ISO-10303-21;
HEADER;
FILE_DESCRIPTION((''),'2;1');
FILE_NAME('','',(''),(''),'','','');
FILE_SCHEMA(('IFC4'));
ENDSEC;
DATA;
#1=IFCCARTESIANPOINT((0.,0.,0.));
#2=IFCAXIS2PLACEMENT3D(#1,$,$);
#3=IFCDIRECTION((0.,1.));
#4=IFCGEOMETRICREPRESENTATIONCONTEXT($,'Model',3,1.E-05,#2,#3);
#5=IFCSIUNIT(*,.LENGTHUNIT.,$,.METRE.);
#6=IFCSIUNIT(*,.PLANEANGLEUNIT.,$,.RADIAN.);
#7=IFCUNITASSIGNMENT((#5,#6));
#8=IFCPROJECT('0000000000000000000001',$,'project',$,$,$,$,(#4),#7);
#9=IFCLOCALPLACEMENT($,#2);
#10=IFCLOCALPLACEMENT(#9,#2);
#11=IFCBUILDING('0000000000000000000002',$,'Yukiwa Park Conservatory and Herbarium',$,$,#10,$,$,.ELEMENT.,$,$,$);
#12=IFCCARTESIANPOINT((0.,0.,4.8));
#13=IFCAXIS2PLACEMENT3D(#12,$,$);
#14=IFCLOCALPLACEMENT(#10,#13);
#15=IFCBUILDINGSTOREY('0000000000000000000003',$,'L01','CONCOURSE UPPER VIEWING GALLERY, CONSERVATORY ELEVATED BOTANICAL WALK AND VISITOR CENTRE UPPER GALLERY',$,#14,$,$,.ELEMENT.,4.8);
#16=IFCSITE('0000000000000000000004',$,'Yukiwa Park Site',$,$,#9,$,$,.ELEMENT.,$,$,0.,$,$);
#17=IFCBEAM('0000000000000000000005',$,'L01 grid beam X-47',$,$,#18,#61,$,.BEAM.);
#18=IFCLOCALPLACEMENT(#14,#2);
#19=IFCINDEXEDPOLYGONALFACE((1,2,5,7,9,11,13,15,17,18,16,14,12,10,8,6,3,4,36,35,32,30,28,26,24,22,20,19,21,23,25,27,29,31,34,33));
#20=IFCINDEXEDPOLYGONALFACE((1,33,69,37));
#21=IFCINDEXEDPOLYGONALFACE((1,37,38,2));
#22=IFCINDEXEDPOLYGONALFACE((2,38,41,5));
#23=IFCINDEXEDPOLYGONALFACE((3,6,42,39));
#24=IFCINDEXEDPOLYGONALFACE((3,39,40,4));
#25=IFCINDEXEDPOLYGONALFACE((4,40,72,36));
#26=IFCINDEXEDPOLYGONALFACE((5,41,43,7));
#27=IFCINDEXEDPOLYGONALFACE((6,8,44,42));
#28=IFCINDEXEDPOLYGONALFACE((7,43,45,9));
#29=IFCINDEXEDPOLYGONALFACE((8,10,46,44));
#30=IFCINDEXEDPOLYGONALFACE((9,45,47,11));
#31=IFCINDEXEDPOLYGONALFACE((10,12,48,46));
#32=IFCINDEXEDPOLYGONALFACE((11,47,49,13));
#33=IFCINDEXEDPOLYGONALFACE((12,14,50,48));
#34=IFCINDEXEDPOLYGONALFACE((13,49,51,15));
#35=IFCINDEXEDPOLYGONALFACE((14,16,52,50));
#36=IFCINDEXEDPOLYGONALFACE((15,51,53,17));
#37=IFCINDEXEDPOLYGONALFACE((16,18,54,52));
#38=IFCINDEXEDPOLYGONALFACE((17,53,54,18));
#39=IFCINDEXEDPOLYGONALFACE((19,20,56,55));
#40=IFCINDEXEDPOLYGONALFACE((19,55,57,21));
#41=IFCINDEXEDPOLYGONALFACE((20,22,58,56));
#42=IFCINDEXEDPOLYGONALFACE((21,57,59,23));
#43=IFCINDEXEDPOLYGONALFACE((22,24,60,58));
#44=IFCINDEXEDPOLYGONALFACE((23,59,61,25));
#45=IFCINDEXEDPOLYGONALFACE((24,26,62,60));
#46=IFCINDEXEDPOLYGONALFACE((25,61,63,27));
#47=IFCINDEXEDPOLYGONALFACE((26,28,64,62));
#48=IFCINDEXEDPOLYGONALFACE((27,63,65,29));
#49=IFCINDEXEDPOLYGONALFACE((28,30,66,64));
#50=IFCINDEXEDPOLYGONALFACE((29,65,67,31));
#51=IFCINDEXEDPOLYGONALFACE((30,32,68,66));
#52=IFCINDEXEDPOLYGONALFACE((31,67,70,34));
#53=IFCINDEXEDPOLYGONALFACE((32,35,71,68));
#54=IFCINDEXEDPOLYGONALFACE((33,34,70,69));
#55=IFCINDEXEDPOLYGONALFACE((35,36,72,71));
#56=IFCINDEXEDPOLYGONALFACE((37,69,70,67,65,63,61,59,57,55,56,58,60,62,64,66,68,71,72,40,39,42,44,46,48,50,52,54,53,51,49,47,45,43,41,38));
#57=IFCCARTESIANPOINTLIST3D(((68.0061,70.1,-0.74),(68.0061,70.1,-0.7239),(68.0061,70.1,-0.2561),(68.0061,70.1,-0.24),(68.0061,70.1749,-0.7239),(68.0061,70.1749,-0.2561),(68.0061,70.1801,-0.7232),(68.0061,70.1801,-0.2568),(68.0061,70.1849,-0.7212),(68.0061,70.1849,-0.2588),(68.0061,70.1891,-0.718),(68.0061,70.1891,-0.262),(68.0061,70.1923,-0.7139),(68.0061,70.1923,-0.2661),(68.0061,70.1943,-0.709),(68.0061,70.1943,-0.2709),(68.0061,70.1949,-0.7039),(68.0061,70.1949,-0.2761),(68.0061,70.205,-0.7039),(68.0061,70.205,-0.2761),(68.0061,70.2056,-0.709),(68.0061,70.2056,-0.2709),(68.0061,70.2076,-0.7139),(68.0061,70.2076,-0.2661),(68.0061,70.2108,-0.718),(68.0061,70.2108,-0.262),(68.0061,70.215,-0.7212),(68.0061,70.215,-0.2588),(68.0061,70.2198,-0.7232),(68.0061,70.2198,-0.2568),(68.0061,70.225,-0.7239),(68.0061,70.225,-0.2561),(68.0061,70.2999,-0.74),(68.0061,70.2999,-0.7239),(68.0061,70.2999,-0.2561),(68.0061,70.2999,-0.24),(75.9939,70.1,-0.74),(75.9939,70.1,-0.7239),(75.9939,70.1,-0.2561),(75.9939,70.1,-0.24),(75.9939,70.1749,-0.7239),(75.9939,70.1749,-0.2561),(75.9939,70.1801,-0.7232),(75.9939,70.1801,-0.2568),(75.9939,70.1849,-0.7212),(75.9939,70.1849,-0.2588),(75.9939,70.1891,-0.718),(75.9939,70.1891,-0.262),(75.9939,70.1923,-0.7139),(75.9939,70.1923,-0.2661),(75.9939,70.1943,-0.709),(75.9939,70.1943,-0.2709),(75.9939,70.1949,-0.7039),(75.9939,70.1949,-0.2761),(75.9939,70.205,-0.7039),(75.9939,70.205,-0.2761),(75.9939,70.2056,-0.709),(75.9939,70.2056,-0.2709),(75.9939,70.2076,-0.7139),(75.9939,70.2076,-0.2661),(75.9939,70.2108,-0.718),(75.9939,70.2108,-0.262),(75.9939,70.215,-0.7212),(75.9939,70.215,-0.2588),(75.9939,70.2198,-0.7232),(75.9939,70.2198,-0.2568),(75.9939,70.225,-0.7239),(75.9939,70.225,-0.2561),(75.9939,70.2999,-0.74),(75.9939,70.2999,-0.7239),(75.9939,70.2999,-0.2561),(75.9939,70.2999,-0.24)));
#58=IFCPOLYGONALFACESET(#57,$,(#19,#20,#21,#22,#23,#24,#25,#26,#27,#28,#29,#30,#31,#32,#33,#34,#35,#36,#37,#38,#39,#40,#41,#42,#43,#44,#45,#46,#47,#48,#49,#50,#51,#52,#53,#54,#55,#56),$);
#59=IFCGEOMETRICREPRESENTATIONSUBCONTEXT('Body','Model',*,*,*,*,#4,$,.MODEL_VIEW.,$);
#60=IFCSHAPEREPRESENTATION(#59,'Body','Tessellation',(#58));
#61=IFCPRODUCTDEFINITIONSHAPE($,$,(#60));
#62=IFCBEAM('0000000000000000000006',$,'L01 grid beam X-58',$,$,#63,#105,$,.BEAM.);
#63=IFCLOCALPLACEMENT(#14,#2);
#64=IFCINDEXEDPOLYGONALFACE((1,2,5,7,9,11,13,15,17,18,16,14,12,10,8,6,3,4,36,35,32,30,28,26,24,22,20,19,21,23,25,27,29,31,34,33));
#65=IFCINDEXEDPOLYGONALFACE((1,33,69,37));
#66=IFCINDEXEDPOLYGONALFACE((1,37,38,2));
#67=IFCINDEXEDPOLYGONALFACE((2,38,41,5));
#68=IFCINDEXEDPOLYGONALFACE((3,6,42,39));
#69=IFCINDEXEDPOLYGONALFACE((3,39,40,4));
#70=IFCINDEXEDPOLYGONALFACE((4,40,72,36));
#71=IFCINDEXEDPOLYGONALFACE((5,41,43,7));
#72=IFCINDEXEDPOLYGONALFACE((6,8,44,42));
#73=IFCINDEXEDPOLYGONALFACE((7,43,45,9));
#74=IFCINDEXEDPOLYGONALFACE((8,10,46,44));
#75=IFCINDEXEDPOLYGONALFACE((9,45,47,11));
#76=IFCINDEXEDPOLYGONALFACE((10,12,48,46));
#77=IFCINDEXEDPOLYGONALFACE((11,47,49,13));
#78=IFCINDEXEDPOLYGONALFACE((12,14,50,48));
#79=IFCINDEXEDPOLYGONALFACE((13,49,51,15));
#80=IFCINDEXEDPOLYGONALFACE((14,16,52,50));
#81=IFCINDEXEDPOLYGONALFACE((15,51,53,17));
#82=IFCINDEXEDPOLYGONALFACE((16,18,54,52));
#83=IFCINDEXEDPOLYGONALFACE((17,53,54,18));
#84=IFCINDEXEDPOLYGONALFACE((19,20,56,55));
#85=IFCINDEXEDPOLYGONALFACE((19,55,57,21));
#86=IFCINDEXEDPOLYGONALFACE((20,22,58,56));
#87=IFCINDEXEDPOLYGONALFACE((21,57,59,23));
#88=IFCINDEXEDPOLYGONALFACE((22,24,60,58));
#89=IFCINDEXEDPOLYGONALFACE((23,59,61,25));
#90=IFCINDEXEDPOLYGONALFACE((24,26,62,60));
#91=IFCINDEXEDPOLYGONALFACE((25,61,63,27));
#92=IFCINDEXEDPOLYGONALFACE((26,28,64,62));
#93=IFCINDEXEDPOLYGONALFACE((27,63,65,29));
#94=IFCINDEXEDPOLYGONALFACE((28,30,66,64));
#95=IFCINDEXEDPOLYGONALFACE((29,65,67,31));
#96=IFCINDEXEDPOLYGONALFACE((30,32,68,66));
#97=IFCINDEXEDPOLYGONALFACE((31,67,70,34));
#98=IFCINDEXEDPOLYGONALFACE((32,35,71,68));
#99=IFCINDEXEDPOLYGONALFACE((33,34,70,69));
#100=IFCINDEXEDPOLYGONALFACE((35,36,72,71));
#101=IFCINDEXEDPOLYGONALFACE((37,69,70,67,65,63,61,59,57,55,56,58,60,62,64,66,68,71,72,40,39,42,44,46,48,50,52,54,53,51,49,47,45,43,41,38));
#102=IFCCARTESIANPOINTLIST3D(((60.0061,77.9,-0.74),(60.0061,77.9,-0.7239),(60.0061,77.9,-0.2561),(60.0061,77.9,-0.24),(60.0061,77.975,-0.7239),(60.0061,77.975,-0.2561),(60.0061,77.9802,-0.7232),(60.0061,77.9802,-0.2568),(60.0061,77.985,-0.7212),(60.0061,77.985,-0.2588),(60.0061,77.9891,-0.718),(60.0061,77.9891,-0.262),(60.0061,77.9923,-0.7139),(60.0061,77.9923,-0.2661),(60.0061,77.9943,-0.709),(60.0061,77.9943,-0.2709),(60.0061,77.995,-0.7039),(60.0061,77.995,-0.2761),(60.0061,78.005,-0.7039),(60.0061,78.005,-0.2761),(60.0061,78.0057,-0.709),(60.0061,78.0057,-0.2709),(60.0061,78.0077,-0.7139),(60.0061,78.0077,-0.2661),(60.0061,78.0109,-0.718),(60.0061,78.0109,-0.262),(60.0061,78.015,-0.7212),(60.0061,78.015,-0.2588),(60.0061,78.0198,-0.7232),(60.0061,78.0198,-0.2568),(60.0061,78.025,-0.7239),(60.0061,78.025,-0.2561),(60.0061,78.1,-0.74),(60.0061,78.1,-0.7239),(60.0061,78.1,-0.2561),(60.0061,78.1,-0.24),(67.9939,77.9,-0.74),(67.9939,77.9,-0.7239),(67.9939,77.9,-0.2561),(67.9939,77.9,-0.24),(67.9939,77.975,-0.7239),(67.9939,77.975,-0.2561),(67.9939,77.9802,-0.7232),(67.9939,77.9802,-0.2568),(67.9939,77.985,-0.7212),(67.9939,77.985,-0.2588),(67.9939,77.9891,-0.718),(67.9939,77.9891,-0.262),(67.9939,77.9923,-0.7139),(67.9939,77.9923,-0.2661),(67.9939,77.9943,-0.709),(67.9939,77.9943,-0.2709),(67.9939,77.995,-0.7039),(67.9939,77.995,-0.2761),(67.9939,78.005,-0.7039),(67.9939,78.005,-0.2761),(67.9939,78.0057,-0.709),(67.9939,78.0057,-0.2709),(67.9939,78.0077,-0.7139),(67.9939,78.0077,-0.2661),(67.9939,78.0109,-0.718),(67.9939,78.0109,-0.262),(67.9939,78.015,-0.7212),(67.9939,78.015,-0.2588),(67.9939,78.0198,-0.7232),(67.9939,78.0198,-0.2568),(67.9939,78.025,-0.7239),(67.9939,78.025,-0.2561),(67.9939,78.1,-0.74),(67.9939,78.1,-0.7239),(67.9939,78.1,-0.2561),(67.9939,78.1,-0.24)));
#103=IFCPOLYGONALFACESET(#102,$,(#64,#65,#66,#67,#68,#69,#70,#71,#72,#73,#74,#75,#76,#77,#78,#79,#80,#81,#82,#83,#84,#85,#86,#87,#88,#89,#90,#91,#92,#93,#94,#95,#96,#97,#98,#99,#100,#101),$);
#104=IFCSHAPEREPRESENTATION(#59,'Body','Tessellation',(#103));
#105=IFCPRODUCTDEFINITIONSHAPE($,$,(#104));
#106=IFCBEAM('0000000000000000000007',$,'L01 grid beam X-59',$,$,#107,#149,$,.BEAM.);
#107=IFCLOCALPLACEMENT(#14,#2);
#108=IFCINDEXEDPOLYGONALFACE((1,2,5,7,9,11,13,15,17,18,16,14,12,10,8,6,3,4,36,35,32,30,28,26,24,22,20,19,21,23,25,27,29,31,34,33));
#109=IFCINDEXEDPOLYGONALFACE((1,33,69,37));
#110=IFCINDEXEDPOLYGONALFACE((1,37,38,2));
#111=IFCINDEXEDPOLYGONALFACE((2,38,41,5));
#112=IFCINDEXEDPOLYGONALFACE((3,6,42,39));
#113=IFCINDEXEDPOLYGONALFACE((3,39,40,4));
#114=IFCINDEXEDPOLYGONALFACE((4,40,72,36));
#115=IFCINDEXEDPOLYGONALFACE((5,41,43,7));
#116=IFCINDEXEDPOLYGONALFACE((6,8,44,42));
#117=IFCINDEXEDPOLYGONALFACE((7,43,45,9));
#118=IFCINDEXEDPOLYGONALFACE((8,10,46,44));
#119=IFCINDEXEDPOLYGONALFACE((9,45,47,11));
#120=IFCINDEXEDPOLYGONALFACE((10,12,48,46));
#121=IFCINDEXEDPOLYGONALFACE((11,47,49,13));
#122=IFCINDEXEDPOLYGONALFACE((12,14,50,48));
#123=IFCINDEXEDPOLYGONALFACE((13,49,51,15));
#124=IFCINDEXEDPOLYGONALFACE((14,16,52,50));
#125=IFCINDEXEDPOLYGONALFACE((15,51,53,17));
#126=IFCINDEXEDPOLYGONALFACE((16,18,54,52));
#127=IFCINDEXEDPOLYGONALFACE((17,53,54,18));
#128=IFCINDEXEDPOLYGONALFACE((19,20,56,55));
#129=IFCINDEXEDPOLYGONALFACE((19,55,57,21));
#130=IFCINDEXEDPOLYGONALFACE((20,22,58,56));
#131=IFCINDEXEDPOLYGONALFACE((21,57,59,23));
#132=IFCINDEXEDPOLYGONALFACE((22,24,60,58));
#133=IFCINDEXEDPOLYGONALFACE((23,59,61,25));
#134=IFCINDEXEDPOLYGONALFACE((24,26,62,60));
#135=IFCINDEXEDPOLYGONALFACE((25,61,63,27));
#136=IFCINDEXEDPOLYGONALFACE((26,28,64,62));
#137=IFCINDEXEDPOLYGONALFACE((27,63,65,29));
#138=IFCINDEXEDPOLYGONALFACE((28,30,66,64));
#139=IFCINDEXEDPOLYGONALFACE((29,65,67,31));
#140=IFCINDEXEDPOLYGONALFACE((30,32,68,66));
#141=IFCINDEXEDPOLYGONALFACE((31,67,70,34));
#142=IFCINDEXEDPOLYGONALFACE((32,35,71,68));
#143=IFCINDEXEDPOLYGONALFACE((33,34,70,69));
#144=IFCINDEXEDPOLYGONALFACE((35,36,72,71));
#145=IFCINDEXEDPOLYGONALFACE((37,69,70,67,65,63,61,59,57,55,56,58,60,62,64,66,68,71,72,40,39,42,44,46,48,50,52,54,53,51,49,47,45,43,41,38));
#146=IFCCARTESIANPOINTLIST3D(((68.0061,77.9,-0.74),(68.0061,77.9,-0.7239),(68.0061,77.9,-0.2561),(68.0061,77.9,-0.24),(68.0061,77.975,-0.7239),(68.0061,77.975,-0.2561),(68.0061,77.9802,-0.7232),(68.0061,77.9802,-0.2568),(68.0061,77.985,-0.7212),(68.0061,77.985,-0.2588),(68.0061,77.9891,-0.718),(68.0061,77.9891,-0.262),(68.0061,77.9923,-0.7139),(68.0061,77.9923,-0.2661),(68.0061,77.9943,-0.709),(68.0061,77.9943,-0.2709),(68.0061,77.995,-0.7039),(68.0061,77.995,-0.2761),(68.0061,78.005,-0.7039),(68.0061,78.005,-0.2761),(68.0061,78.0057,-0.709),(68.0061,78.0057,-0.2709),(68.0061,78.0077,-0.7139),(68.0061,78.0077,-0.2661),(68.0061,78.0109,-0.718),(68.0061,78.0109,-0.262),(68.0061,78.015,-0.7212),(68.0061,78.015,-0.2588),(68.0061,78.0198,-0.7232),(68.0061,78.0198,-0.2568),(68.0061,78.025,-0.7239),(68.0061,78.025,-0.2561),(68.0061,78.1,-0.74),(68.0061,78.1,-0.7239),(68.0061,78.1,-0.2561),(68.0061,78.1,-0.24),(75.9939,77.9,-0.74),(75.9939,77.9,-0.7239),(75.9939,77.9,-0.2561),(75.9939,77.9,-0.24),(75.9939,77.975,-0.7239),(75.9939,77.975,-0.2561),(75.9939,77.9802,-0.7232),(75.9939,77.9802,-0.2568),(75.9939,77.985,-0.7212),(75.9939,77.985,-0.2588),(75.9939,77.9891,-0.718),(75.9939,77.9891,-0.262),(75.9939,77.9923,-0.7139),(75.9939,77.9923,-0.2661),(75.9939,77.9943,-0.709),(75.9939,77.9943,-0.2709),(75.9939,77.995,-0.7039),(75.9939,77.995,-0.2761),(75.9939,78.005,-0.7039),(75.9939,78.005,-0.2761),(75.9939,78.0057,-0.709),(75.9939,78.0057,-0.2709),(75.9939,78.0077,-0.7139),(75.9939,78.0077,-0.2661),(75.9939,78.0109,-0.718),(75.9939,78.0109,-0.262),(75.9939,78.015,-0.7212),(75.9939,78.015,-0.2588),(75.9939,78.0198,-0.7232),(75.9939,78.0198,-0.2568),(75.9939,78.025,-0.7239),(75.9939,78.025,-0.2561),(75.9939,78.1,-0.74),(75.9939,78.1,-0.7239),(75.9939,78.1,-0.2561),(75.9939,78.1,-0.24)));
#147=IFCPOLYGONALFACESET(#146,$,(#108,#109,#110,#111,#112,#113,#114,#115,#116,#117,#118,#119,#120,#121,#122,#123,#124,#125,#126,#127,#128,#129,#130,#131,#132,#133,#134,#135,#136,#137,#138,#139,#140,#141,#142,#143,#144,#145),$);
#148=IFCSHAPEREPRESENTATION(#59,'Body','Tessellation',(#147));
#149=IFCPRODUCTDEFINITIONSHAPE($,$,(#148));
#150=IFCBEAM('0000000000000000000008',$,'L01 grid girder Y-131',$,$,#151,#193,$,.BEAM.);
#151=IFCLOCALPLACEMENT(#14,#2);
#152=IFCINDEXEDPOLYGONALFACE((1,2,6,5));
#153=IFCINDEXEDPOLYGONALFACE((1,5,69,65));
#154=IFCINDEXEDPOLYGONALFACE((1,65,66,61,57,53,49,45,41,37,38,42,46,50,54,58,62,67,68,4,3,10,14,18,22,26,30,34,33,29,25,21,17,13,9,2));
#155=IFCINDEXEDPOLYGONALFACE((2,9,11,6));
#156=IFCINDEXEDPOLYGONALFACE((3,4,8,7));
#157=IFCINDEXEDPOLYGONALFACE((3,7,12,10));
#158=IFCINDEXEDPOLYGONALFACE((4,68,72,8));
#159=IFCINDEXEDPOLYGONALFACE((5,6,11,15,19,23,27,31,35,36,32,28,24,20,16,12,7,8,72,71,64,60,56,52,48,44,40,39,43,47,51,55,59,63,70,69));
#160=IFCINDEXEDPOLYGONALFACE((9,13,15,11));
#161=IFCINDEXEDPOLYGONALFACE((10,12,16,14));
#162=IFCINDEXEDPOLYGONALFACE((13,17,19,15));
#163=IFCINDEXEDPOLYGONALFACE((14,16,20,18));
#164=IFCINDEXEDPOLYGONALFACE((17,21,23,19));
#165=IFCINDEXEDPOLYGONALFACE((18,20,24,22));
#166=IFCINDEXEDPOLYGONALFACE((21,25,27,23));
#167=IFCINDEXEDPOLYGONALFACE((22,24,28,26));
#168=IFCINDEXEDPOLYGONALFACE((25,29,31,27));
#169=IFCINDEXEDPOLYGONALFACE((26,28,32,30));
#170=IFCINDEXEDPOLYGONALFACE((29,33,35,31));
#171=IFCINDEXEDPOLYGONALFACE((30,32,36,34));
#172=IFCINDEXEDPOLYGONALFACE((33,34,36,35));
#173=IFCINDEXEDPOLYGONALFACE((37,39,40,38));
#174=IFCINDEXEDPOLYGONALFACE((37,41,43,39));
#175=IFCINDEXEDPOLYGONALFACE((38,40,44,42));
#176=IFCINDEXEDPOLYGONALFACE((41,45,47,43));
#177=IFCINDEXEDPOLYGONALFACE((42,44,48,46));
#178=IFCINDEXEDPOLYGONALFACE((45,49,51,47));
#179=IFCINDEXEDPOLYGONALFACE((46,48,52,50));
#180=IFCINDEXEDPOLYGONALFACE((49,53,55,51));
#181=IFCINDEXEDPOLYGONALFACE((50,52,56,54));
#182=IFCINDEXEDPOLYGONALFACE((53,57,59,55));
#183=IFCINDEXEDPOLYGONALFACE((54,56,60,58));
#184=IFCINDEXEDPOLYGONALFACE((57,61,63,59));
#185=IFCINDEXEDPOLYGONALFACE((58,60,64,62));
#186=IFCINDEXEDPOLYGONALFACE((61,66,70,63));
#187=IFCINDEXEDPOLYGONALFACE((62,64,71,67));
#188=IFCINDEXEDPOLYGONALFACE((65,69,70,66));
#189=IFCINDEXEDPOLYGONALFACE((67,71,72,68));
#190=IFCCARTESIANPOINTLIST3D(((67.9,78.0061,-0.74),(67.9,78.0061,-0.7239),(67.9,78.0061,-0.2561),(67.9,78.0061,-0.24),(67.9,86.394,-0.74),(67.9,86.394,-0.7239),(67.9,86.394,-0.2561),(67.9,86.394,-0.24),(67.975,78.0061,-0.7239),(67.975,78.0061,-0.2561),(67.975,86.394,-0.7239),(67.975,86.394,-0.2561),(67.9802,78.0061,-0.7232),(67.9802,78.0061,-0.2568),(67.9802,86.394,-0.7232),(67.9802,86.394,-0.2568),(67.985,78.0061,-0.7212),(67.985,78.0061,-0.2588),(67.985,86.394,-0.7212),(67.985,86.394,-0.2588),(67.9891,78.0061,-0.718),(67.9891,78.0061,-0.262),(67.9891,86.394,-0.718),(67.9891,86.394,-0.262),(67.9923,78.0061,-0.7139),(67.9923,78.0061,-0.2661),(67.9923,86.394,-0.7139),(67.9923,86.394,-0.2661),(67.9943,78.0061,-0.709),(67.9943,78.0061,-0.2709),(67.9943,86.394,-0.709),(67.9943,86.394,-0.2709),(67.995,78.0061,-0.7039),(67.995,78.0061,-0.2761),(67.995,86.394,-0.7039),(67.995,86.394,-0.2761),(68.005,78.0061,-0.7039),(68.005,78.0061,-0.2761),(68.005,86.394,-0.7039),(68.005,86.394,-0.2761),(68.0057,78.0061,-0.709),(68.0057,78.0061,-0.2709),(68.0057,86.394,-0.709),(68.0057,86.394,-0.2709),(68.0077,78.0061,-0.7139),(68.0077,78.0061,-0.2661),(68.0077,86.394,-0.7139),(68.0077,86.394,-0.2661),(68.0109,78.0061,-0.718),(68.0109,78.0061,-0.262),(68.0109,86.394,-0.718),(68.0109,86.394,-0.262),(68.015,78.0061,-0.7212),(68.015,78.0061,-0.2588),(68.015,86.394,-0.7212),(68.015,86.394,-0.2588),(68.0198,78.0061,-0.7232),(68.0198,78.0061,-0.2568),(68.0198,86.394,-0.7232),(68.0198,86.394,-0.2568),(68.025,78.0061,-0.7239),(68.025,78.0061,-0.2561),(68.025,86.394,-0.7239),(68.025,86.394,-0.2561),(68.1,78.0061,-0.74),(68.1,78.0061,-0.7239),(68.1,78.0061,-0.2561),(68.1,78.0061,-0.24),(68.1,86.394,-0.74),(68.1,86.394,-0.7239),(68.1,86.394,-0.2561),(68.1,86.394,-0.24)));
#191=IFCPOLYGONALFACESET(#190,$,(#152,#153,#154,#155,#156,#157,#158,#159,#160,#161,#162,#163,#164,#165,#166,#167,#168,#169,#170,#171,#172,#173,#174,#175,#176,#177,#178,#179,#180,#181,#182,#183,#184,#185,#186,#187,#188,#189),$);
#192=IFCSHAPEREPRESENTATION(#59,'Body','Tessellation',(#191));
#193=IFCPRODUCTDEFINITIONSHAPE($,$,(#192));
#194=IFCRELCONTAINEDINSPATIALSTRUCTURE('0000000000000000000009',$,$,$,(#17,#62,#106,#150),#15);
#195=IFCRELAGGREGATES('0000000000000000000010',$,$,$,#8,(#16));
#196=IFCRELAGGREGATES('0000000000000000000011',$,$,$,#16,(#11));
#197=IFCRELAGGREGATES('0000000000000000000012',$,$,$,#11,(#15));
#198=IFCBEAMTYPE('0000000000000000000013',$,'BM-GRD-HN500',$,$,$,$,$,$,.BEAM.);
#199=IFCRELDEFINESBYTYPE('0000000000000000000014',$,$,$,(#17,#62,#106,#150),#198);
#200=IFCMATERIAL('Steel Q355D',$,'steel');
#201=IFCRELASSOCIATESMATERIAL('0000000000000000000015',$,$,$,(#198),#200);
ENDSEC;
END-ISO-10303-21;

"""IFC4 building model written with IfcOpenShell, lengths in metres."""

from ifc_helpers import new_model, si_unit, direction, frame, origin, origin_2d, place, context, subcontext, project, spatial, i_section, extrude, material, material_profile, profile_set, type_object, element, save


model = new_model("IFC4")

# Units and contexts
model_context = context("Model", 3, precision=1e-05, world=origin(), true_north=direction((0.0, 1.0)))
body_context = subcontext(model_context, "Body", "Model", "MODEL_VIEW")
ifc_project = project(units=[si_unit("LENGTHUNIT", "METRE"), si_unit("PLANEANGLEUNIT", "RADIAN")], contexts=[model_context])

# Site, building, storey
site_placement = place(None, origin())
site = spatial("IfcSite", under=ifc_project, at=site_placement, Name="Yukiwa Park Site", CompositionType="ELEMENT", RefElevation=0.0)
building_placement = place(site_placement, origin())
building = spatial("IfcBuilding", under=site, at=building_placement, Name="Yukiwa Park Conservatory and Herbarium", CompositionType="ELEMENT")
storey_placement = place(building_placement, frame((0.0, 0.0, 4.8)))
storey = spatial("IfcBuildingStorey", under=building, at=storey_placement, Name="L01", Description="CONCOURSE UPPER VIEWING GALLERY, CONSERVATORY ELEVATED BOTANICAL WALK AND VISITOR CENTRE UPPER GALLERY", CompositionType="ELEMENT", Elevation=4.8)

# Beams
ifc_material_1 = material(Name="Steel Q355D", Category="steel")
ifc_material_profile_1 = material_profile(ifc_material_1, i_section(OverallWidth=0.2, OverallDepth=0.5, WebThickness=0.01, FlangeThickness=0.0161, FilletRadius=0.02, at=origin_2d()), Name="HN 500x200x10x16")
ifc_profile_set_1 = profile_set([ifc_material_profile_1], Name="Steel Q355D")
beam_type_1 = type_object("IfcBeamType", Name="BM-GRD-HN500", PredefinedType="BEAM", material=ifc_profile_set_1)
for number, where, z_axis, x_axis, name in (
    (1, (68.0061, 70.2, -0.49), (1.0, 0.0, 0.0), (0.0, 1.0, 0.0), "L01 grid beam X-47"),
    (2, (60.0061, 78.0, -0.49), (1.0, 0.0, 0.0), (0.0, 1.0, 0.0), "L01 grid beam X-58"),
    (3, (68.0061, 78.0, -0.49), (1.0, 0.0, 0.0), (0.0, 1.0, 0.0), "L01 grid beam X-59"),
):
    element("IfcBeam", number, at=place(storey_placement, frame(where, z_axis=z_axis, x_axis=x_axis)), inside=storey, type_object=beam_type_1, Name=name, PredefinedType="BEAM", context=body_context, shape_type="SweptSolid", body=[
        extrude(i_section(OverallWidth=0.2, OverallDepth=0.5, WebThickness=0.01, FlangeThickness=0.0161, FilletRadius=0.02, at=origin_2d()), origin(), (0.0, 0.0, 1.0), 7.9878),
    ])
beam_1_placement = place(storey_placement, frame((68.0, 78.0061, -0.49), z_axis=(0.0, 1.0, 0.0), x_axis=(-1.0, 0.0, 0.0)))
element("IfcBeam", 4, at=beam_1_placement, inside=storey, type_object=beam_type_1, Name="L01 grid girder Y-131", PredefinedType="BEAM", context=body_context, shape_type="SweptSolid", body=[
    extrude(i_section(OverallWidth=0.2, OverallDepth=0.5, WebThickness=0.01, FlangeThickness=0.0161, FilletRadius=0.02, at=origin_2d()), origin(), (0.0, 0.0, 1.0), 8.3879),
])

save(model, "model.ifc")
